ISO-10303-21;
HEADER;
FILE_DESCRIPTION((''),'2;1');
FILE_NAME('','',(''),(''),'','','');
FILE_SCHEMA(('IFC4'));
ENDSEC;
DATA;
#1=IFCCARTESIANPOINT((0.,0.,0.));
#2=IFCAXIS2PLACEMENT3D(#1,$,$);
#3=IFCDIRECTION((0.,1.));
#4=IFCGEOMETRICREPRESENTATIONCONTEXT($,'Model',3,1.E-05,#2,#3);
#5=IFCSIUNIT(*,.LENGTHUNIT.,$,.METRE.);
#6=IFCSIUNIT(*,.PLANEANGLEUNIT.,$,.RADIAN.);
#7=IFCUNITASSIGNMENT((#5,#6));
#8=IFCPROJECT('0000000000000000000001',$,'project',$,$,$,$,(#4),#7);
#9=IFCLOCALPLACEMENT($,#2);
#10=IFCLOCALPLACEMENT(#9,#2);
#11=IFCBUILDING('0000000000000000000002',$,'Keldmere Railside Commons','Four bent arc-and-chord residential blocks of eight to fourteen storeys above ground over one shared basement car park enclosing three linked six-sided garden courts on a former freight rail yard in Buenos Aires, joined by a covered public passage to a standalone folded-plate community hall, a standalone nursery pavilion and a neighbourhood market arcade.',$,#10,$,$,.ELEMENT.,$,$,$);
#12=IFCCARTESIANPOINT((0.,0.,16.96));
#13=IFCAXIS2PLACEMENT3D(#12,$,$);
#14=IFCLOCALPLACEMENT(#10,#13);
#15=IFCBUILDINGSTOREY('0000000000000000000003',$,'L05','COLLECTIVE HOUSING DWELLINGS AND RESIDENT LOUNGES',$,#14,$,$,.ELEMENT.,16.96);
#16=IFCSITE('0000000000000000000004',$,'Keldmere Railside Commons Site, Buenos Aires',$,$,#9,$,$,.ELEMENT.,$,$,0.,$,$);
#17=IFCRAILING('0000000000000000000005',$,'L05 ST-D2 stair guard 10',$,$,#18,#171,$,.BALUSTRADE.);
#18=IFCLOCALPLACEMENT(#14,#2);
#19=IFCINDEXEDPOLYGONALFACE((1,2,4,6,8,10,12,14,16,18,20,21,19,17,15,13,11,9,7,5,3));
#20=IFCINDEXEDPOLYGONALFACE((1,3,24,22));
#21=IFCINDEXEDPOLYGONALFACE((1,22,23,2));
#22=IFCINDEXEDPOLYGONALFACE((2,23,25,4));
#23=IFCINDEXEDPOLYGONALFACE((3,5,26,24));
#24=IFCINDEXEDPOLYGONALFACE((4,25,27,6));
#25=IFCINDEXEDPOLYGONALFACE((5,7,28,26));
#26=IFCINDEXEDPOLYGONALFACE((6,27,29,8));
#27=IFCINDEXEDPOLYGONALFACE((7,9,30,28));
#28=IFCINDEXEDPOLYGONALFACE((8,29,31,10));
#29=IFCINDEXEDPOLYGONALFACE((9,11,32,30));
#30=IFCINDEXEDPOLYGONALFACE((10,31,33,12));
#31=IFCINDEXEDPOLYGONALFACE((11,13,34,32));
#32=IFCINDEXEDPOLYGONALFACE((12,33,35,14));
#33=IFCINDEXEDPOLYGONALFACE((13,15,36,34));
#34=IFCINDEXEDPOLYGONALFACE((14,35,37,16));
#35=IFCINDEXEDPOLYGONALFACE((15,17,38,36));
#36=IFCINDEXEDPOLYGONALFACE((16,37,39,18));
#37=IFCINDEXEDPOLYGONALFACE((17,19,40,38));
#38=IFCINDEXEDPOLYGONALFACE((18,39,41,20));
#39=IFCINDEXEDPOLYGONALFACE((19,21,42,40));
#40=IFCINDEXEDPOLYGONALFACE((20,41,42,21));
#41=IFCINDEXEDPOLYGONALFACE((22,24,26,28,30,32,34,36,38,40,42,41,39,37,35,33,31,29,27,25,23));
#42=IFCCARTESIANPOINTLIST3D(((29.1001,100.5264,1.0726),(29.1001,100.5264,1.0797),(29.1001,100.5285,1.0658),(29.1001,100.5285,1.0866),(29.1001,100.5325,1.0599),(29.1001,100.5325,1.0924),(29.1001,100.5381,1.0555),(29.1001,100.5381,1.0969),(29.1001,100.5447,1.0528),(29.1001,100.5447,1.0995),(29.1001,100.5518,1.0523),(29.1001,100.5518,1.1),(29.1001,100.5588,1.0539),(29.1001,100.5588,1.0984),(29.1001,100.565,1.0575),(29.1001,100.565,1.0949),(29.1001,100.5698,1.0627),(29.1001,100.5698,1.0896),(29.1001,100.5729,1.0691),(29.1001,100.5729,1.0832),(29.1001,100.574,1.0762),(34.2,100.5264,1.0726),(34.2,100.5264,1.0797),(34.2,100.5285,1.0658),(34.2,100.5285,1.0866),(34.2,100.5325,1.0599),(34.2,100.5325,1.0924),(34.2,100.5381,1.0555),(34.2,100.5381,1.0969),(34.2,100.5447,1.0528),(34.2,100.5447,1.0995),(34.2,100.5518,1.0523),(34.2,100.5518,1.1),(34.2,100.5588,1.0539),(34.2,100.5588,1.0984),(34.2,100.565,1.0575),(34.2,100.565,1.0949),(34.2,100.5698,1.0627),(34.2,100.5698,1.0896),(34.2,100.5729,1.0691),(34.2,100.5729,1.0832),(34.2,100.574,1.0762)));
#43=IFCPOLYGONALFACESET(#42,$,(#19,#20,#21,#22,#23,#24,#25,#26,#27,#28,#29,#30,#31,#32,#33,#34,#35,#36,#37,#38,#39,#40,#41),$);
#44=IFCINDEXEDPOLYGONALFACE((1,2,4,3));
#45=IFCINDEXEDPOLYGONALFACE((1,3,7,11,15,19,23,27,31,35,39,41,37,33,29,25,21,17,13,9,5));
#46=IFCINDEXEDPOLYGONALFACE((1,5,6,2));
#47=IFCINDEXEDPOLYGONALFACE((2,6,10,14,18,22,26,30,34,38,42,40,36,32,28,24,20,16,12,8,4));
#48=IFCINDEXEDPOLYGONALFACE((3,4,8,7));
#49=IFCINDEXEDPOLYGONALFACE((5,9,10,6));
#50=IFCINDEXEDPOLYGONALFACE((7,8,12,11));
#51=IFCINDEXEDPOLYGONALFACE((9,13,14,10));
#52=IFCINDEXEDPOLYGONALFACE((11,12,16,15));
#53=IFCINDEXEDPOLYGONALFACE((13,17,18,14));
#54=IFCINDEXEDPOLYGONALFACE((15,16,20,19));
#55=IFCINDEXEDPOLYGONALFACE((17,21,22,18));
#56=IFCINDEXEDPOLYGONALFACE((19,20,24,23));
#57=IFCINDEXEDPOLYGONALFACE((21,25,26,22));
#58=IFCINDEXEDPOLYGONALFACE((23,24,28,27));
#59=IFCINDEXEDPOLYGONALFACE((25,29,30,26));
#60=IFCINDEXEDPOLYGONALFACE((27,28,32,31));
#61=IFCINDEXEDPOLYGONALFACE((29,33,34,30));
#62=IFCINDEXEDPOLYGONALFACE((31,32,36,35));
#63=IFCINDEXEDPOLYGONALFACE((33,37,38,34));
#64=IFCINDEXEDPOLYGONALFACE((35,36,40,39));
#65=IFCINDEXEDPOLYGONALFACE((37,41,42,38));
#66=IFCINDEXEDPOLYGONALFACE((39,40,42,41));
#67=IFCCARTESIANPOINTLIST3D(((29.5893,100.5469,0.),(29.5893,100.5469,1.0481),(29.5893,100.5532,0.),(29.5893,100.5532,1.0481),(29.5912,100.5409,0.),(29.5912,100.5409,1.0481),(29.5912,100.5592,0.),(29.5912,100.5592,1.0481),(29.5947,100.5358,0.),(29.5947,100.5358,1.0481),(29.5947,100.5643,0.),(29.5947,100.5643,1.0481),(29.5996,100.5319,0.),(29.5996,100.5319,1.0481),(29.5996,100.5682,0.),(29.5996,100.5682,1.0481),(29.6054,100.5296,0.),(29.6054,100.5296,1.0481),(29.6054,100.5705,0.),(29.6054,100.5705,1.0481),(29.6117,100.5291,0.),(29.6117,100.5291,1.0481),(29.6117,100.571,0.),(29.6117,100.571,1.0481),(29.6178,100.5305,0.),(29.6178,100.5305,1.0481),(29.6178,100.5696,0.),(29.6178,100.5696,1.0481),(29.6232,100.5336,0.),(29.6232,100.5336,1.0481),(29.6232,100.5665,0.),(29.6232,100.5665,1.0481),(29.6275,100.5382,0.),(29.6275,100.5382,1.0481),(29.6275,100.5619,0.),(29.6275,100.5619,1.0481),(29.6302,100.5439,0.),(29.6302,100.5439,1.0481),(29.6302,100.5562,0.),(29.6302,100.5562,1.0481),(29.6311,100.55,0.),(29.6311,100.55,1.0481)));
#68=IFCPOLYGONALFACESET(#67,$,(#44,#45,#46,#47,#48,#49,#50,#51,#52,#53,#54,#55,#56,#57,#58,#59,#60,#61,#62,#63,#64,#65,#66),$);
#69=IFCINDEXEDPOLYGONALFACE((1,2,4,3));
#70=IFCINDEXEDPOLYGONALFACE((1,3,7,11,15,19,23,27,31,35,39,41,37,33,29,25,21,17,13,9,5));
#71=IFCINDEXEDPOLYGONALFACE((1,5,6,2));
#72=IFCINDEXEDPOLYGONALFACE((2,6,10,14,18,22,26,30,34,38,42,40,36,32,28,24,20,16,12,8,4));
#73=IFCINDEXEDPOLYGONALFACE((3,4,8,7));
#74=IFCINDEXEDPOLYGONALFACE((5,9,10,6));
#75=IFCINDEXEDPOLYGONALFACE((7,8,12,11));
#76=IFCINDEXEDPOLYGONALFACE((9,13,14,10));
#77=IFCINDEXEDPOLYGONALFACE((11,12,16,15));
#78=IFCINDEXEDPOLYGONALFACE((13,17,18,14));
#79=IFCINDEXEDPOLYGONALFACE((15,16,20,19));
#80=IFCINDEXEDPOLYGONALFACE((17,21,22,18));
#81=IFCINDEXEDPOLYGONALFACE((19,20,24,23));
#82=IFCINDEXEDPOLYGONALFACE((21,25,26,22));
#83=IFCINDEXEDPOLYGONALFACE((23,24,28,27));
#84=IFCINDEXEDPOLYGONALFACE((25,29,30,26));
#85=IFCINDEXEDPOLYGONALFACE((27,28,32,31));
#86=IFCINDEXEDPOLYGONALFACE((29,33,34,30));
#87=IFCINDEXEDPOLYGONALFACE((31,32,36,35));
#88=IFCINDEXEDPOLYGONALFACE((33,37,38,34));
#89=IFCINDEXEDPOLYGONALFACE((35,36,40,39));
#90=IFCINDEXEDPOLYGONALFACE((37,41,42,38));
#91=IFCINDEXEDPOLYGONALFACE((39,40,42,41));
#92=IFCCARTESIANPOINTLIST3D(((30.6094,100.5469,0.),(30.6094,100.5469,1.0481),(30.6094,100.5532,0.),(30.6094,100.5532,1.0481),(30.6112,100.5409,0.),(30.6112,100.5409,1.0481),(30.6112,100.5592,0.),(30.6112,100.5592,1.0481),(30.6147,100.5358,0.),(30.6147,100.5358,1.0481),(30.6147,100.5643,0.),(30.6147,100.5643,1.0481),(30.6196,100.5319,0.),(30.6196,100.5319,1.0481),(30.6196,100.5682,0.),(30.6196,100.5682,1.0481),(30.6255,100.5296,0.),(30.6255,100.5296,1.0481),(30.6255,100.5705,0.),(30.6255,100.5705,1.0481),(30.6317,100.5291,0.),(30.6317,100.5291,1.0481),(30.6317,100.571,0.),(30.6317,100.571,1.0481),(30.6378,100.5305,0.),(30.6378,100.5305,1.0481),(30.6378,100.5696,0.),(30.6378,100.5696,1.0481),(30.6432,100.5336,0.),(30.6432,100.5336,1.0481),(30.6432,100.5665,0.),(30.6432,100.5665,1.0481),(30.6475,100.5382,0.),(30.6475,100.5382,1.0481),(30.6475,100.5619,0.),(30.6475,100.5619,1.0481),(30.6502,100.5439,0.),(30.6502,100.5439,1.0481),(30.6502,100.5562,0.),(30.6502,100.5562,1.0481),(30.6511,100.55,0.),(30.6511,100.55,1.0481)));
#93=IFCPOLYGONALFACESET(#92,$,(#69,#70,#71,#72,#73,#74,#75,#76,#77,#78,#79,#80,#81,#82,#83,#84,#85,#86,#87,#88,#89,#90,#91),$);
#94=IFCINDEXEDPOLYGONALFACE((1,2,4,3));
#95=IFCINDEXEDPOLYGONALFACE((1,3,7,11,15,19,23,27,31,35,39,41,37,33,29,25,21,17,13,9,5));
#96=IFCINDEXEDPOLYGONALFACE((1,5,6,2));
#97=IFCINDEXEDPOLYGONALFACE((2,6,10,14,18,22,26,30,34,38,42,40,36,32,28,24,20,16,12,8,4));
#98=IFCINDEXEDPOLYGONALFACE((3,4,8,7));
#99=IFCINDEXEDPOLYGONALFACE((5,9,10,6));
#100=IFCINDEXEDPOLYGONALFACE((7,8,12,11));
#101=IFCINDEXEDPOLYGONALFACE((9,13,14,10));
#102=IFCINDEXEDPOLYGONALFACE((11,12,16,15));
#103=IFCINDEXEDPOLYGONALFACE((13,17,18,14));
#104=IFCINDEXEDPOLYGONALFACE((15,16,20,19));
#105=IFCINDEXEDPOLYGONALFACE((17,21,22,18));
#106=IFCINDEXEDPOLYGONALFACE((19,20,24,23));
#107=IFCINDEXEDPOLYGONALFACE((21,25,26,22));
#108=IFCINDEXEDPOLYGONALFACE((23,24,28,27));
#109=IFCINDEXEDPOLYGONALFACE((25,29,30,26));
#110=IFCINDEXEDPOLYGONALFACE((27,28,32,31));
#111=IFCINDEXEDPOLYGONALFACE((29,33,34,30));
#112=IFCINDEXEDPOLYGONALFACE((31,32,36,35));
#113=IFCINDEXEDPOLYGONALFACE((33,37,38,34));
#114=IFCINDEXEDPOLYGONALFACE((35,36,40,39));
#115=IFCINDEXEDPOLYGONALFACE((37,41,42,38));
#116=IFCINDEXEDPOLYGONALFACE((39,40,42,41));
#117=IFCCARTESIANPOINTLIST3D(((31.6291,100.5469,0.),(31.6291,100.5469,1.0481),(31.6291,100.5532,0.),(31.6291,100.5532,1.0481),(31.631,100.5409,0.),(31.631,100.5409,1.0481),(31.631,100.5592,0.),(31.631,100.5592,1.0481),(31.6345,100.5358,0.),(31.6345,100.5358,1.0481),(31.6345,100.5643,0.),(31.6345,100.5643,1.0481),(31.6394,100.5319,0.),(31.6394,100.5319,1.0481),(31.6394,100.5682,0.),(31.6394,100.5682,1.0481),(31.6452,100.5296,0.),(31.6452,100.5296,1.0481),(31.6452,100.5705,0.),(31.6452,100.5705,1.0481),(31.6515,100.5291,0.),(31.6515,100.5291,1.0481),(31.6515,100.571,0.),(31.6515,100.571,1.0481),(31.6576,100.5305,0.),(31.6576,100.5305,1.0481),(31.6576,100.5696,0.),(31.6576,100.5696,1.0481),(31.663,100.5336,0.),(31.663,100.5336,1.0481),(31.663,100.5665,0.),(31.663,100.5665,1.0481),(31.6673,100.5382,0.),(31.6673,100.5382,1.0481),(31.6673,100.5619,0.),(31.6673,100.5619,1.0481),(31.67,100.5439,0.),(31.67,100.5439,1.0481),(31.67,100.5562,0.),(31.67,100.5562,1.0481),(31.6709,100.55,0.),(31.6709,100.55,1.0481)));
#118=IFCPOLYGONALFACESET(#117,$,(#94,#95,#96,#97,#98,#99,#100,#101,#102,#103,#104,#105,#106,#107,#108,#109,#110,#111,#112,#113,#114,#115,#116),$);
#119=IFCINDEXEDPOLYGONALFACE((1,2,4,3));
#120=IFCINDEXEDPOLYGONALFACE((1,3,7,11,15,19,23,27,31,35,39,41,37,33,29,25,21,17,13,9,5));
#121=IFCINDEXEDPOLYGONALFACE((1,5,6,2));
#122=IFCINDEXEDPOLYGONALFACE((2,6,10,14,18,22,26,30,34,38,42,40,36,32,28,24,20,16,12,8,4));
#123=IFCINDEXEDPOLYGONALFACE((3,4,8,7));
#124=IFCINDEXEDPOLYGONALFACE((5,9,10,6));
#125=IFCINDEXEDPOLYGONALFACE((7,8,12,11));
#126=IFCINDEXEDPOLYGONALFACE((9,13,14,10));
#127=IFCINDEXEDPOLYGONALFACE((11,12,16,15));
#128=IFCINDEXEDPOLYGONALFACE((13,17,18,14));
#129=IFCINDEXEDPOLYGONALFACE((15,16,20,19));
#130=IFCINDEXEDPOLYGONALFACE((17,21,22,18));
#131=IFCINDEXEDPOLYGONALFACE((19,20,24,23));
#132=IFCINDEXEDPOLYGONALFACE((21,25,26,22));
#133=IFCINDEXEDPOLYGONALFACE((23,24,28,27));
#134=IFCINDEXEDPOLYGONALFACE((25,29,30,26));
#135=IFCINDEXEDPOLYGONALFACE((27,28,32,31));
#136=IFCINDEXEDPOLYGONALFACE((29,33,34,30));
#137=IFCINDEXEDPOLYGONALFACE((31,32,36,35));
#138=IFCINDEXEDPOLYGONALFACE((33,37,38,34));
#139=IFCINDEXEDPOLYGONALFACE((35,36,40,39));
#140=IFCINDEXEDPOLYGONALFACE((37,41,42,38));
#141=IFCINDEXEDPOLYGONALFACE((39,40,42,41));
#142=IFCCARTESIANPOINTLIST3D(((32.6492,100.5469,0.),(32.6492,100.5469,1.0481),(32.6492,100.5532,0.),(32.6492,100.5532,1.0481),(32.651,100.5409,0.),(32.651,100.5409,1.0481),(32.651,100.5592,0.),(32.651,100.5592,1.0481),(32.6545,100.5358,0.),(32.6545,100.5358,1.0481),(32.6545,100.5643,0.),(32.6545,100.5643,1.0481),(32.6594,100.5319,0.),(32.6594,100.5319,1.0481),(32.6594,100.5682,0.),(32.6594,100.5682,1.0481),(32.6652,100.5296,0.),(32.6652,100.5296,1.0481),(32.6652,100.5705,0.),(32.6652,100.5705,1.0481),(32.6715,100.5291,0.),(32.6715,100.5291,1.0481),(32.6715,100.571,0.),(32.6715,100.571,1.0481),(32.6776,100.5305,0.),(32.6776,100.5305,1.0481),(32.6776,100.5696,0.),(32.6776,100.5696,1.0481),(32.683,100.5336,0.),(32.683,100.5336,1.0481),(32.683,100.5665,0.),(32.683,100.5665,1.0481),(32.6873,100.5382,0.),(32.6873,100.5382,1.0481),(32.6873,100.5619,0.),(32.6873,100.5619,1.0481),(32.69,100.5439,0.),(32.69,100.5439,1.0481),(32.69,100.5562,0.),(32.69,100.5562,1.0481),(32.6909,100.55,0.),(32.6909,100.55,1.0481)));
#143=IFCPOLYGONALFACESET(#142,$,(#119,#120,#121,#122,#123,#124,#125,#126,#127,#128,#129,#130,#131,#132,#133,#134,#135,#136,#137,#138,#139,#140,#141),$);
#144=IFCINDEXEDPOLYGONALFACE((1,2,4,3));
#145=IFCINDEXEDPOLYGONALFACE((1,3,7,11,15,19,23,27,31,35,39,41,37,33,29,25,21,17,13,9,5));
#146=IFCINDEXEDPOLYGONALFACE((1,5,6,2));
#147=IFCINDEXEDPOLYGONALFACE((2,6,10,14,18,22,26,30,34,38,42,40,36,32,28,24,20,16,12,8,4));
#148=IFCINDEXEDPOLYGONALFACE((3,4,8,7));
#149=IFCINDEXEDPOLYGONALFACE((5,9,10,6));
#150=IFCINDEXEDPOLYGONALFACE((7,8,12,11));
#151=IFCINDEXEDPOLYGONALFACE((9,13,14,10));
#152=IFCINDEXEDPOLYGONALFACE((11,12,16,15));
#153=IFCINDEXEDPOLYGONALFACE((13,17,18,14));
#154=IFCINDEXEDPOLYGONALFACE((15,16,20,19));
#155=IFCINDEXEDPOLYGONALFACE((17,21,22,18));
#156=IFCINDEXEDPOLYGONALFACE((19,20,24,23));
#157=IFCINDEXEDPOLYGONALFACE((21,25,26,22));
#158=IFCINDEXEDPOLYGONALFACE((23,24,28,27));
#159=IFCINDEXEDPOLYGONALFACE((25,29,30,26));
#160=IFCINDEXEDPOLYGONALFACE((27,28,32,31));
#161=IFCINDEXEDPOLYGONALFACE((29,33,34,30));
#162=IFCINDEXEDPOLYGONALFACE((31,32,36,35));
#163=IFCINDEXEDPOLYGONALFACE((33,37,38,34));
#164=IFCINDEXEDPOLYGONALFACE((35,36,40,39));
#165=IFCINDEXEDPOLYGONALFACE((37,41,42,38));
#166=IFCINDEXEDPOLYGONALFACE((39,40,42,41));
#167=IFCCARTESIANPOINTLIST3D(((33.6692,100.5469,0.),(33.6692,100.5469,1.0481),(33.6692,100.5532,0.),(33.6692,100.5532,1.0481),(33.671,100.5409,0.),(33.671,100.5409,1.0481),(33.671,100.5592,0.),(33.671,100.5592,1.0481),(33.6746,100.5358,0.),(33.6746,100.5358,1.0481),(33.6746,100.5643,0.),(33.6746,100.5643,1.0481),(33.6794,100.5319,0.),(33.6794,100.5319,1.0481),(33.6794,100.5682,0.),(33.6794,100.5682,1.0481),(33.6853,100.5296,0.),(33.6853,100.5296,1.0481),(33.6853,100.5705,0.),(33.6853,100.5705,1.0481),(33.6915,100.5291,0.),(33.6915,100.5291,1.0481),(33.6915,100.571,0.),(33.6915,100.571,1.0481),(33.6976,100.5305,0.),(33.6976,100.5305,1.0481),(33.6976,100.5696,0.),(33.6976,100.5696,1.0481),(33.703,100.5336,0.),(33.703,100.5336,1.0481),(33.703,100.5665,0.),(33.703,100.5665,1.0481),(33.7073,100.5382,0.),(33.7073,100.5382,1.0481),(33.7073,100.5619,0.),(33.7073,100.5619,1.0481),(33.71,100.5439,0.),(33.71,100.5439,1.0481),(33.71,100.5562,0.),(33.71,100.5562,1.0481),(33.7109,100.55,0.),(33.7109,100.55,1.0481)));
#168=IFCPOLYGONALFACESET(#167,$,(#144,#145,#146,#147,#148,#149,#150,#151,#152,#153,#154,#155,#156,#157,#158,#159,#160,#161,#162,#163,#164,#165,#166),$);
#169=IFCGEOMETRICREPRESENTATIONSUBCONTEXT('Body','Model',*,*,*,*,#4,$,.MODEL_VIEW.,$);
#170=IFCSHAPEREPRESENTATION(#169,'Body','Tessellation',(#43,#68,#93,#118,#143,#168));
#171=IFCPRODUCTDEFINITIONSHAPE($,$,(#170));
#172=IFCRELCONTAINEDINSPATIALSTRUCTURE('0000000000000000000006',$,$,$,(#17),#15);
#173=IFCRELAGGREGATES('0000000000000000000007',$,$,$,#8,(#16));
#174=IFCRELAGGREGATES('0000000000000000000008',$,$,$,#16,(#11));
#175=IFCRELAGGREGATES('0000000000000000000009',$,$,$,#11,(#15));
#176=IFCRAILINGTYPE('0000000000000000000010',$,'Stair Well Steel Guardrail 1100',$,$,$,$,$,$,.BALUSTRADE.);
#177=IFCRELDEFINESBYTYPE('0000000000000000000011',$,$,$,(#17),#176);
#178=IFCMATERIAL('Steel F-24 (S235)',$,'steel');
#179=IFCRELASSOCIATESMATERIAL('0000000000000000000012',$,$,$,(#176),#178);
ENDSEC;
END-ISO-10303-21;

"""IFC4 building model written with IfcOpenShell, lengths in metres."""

from ifc_helpers import new_model, si_unit, direction, frame, origin, origin_2d, place, context, subcontext, project, spatial, circle, extrude, material, type_object, element, save


model = new_model("IFC4")

# Units and contexts
model_context = context("Model", 3, precision=1e-05, world=origin(), true_north=direction((0.0, 1.0)))
body_context = subcontext(model_context, "Body", "Model", "MODEL_VIEW")
ifc_project = project(units=[si_unit("LENGTHUNIT", "METRE"), si_unit("PLANEANGLEUNIT", "RADIAN")], contexts=[model_context])

# Site, building, storey
site_placement = place(None, origin())
site = spatial("IfcSite", under=ifc_project, at=site_placement, Name="Keldmere Railside Commons Site, Buenos Aires", CompositionType="ELEMENT", RefElevation=0.0)
building_placement = place(site_placement, origin())
building = spatial("IfcBuilding", under=site, at=building_placement, Name="Keldmere Railside Commons", Description="Four bent arc-and-chord residential blocks of eight to fourteen storeys above ground over one shared basement car park enclosing three linked six-sided garden courts on a former freight rail yard in Buenos Aires, joined by a covered public passage to a standalone folded-plate community hall, a standalone nursery pavilion and a neighbourhood market arcade.", CompositionType="ELEMENT")
storey_placement = place(building_placement, frame((0.0, 0.0, 16.96)))
storey = spatial("IfcBuildingStorey", under=building, at=storey_placement, Name="L05", Description="COLLECTIVE HOUSING DWELLINGS AND RESIDENT LOUNGES", CompositionType="ELEMENT", Elevation=16.96)

# Railing
ifc_material_1 = material(Name="Steel F-24 (S235)", Category="steel")
railing_type_1 = type_object("IfcRailingType", Name="Stair Well Steel Guardrail 1100", PredefinedType="BALUSTRADE", material=ifc_material_1)
railing_1_placement = place(storey_placement, frame((29.1001, 100.55, 0.0)))
element("IfcRailing", 1, at=railing_1_placement, inside=storey, type_object=railing_type_1, Name="L05 ST-D2 stair guard 10", PredefinedType="BALUSTRADE", context=body_context, shape_type="SweptSolid", body=[
    extrude(circle(Radius=0.0239, at=origin_2d()), frame((0.0, 0.0, 1.0762), z_axis=(1.0, 0.0, 0.0), x_axis=(0.0, 1.0, 0.0)), (0.0, 0.0, 1.0), 5.0999),
    extrude(circle(Radius=0.021, at=origin_2d()), frame((0.51, 0.0, 0.0)), (0.0, 0.0, 1.0), 1.0481),
    extrude(circle(Radius=0.021, at=origin_2d()), frame((1.53, 0.0, 0.0)), (0.0, 0.0, 1.0), 1.0481),
    extrude(circle(Radius=0.021, at=origin_2d()), frame((2.5498, 0.0, 0.0)), (0.0, 0.0, 1.0), 1.0481),
    extrude(circle(Radius=0.021, at=origin_2d()), frame((3.5698, 0.0, 0.0)), (0.0, 0.0, 1.0), 1.0481),
    extrude(circle(Radius=0.021, at=origin_2d()), frame((4.5898, 0.0, 0.0)), (0.0, 0.0, 1.0), 1.0481),
])

save(model, "model.ifc")
